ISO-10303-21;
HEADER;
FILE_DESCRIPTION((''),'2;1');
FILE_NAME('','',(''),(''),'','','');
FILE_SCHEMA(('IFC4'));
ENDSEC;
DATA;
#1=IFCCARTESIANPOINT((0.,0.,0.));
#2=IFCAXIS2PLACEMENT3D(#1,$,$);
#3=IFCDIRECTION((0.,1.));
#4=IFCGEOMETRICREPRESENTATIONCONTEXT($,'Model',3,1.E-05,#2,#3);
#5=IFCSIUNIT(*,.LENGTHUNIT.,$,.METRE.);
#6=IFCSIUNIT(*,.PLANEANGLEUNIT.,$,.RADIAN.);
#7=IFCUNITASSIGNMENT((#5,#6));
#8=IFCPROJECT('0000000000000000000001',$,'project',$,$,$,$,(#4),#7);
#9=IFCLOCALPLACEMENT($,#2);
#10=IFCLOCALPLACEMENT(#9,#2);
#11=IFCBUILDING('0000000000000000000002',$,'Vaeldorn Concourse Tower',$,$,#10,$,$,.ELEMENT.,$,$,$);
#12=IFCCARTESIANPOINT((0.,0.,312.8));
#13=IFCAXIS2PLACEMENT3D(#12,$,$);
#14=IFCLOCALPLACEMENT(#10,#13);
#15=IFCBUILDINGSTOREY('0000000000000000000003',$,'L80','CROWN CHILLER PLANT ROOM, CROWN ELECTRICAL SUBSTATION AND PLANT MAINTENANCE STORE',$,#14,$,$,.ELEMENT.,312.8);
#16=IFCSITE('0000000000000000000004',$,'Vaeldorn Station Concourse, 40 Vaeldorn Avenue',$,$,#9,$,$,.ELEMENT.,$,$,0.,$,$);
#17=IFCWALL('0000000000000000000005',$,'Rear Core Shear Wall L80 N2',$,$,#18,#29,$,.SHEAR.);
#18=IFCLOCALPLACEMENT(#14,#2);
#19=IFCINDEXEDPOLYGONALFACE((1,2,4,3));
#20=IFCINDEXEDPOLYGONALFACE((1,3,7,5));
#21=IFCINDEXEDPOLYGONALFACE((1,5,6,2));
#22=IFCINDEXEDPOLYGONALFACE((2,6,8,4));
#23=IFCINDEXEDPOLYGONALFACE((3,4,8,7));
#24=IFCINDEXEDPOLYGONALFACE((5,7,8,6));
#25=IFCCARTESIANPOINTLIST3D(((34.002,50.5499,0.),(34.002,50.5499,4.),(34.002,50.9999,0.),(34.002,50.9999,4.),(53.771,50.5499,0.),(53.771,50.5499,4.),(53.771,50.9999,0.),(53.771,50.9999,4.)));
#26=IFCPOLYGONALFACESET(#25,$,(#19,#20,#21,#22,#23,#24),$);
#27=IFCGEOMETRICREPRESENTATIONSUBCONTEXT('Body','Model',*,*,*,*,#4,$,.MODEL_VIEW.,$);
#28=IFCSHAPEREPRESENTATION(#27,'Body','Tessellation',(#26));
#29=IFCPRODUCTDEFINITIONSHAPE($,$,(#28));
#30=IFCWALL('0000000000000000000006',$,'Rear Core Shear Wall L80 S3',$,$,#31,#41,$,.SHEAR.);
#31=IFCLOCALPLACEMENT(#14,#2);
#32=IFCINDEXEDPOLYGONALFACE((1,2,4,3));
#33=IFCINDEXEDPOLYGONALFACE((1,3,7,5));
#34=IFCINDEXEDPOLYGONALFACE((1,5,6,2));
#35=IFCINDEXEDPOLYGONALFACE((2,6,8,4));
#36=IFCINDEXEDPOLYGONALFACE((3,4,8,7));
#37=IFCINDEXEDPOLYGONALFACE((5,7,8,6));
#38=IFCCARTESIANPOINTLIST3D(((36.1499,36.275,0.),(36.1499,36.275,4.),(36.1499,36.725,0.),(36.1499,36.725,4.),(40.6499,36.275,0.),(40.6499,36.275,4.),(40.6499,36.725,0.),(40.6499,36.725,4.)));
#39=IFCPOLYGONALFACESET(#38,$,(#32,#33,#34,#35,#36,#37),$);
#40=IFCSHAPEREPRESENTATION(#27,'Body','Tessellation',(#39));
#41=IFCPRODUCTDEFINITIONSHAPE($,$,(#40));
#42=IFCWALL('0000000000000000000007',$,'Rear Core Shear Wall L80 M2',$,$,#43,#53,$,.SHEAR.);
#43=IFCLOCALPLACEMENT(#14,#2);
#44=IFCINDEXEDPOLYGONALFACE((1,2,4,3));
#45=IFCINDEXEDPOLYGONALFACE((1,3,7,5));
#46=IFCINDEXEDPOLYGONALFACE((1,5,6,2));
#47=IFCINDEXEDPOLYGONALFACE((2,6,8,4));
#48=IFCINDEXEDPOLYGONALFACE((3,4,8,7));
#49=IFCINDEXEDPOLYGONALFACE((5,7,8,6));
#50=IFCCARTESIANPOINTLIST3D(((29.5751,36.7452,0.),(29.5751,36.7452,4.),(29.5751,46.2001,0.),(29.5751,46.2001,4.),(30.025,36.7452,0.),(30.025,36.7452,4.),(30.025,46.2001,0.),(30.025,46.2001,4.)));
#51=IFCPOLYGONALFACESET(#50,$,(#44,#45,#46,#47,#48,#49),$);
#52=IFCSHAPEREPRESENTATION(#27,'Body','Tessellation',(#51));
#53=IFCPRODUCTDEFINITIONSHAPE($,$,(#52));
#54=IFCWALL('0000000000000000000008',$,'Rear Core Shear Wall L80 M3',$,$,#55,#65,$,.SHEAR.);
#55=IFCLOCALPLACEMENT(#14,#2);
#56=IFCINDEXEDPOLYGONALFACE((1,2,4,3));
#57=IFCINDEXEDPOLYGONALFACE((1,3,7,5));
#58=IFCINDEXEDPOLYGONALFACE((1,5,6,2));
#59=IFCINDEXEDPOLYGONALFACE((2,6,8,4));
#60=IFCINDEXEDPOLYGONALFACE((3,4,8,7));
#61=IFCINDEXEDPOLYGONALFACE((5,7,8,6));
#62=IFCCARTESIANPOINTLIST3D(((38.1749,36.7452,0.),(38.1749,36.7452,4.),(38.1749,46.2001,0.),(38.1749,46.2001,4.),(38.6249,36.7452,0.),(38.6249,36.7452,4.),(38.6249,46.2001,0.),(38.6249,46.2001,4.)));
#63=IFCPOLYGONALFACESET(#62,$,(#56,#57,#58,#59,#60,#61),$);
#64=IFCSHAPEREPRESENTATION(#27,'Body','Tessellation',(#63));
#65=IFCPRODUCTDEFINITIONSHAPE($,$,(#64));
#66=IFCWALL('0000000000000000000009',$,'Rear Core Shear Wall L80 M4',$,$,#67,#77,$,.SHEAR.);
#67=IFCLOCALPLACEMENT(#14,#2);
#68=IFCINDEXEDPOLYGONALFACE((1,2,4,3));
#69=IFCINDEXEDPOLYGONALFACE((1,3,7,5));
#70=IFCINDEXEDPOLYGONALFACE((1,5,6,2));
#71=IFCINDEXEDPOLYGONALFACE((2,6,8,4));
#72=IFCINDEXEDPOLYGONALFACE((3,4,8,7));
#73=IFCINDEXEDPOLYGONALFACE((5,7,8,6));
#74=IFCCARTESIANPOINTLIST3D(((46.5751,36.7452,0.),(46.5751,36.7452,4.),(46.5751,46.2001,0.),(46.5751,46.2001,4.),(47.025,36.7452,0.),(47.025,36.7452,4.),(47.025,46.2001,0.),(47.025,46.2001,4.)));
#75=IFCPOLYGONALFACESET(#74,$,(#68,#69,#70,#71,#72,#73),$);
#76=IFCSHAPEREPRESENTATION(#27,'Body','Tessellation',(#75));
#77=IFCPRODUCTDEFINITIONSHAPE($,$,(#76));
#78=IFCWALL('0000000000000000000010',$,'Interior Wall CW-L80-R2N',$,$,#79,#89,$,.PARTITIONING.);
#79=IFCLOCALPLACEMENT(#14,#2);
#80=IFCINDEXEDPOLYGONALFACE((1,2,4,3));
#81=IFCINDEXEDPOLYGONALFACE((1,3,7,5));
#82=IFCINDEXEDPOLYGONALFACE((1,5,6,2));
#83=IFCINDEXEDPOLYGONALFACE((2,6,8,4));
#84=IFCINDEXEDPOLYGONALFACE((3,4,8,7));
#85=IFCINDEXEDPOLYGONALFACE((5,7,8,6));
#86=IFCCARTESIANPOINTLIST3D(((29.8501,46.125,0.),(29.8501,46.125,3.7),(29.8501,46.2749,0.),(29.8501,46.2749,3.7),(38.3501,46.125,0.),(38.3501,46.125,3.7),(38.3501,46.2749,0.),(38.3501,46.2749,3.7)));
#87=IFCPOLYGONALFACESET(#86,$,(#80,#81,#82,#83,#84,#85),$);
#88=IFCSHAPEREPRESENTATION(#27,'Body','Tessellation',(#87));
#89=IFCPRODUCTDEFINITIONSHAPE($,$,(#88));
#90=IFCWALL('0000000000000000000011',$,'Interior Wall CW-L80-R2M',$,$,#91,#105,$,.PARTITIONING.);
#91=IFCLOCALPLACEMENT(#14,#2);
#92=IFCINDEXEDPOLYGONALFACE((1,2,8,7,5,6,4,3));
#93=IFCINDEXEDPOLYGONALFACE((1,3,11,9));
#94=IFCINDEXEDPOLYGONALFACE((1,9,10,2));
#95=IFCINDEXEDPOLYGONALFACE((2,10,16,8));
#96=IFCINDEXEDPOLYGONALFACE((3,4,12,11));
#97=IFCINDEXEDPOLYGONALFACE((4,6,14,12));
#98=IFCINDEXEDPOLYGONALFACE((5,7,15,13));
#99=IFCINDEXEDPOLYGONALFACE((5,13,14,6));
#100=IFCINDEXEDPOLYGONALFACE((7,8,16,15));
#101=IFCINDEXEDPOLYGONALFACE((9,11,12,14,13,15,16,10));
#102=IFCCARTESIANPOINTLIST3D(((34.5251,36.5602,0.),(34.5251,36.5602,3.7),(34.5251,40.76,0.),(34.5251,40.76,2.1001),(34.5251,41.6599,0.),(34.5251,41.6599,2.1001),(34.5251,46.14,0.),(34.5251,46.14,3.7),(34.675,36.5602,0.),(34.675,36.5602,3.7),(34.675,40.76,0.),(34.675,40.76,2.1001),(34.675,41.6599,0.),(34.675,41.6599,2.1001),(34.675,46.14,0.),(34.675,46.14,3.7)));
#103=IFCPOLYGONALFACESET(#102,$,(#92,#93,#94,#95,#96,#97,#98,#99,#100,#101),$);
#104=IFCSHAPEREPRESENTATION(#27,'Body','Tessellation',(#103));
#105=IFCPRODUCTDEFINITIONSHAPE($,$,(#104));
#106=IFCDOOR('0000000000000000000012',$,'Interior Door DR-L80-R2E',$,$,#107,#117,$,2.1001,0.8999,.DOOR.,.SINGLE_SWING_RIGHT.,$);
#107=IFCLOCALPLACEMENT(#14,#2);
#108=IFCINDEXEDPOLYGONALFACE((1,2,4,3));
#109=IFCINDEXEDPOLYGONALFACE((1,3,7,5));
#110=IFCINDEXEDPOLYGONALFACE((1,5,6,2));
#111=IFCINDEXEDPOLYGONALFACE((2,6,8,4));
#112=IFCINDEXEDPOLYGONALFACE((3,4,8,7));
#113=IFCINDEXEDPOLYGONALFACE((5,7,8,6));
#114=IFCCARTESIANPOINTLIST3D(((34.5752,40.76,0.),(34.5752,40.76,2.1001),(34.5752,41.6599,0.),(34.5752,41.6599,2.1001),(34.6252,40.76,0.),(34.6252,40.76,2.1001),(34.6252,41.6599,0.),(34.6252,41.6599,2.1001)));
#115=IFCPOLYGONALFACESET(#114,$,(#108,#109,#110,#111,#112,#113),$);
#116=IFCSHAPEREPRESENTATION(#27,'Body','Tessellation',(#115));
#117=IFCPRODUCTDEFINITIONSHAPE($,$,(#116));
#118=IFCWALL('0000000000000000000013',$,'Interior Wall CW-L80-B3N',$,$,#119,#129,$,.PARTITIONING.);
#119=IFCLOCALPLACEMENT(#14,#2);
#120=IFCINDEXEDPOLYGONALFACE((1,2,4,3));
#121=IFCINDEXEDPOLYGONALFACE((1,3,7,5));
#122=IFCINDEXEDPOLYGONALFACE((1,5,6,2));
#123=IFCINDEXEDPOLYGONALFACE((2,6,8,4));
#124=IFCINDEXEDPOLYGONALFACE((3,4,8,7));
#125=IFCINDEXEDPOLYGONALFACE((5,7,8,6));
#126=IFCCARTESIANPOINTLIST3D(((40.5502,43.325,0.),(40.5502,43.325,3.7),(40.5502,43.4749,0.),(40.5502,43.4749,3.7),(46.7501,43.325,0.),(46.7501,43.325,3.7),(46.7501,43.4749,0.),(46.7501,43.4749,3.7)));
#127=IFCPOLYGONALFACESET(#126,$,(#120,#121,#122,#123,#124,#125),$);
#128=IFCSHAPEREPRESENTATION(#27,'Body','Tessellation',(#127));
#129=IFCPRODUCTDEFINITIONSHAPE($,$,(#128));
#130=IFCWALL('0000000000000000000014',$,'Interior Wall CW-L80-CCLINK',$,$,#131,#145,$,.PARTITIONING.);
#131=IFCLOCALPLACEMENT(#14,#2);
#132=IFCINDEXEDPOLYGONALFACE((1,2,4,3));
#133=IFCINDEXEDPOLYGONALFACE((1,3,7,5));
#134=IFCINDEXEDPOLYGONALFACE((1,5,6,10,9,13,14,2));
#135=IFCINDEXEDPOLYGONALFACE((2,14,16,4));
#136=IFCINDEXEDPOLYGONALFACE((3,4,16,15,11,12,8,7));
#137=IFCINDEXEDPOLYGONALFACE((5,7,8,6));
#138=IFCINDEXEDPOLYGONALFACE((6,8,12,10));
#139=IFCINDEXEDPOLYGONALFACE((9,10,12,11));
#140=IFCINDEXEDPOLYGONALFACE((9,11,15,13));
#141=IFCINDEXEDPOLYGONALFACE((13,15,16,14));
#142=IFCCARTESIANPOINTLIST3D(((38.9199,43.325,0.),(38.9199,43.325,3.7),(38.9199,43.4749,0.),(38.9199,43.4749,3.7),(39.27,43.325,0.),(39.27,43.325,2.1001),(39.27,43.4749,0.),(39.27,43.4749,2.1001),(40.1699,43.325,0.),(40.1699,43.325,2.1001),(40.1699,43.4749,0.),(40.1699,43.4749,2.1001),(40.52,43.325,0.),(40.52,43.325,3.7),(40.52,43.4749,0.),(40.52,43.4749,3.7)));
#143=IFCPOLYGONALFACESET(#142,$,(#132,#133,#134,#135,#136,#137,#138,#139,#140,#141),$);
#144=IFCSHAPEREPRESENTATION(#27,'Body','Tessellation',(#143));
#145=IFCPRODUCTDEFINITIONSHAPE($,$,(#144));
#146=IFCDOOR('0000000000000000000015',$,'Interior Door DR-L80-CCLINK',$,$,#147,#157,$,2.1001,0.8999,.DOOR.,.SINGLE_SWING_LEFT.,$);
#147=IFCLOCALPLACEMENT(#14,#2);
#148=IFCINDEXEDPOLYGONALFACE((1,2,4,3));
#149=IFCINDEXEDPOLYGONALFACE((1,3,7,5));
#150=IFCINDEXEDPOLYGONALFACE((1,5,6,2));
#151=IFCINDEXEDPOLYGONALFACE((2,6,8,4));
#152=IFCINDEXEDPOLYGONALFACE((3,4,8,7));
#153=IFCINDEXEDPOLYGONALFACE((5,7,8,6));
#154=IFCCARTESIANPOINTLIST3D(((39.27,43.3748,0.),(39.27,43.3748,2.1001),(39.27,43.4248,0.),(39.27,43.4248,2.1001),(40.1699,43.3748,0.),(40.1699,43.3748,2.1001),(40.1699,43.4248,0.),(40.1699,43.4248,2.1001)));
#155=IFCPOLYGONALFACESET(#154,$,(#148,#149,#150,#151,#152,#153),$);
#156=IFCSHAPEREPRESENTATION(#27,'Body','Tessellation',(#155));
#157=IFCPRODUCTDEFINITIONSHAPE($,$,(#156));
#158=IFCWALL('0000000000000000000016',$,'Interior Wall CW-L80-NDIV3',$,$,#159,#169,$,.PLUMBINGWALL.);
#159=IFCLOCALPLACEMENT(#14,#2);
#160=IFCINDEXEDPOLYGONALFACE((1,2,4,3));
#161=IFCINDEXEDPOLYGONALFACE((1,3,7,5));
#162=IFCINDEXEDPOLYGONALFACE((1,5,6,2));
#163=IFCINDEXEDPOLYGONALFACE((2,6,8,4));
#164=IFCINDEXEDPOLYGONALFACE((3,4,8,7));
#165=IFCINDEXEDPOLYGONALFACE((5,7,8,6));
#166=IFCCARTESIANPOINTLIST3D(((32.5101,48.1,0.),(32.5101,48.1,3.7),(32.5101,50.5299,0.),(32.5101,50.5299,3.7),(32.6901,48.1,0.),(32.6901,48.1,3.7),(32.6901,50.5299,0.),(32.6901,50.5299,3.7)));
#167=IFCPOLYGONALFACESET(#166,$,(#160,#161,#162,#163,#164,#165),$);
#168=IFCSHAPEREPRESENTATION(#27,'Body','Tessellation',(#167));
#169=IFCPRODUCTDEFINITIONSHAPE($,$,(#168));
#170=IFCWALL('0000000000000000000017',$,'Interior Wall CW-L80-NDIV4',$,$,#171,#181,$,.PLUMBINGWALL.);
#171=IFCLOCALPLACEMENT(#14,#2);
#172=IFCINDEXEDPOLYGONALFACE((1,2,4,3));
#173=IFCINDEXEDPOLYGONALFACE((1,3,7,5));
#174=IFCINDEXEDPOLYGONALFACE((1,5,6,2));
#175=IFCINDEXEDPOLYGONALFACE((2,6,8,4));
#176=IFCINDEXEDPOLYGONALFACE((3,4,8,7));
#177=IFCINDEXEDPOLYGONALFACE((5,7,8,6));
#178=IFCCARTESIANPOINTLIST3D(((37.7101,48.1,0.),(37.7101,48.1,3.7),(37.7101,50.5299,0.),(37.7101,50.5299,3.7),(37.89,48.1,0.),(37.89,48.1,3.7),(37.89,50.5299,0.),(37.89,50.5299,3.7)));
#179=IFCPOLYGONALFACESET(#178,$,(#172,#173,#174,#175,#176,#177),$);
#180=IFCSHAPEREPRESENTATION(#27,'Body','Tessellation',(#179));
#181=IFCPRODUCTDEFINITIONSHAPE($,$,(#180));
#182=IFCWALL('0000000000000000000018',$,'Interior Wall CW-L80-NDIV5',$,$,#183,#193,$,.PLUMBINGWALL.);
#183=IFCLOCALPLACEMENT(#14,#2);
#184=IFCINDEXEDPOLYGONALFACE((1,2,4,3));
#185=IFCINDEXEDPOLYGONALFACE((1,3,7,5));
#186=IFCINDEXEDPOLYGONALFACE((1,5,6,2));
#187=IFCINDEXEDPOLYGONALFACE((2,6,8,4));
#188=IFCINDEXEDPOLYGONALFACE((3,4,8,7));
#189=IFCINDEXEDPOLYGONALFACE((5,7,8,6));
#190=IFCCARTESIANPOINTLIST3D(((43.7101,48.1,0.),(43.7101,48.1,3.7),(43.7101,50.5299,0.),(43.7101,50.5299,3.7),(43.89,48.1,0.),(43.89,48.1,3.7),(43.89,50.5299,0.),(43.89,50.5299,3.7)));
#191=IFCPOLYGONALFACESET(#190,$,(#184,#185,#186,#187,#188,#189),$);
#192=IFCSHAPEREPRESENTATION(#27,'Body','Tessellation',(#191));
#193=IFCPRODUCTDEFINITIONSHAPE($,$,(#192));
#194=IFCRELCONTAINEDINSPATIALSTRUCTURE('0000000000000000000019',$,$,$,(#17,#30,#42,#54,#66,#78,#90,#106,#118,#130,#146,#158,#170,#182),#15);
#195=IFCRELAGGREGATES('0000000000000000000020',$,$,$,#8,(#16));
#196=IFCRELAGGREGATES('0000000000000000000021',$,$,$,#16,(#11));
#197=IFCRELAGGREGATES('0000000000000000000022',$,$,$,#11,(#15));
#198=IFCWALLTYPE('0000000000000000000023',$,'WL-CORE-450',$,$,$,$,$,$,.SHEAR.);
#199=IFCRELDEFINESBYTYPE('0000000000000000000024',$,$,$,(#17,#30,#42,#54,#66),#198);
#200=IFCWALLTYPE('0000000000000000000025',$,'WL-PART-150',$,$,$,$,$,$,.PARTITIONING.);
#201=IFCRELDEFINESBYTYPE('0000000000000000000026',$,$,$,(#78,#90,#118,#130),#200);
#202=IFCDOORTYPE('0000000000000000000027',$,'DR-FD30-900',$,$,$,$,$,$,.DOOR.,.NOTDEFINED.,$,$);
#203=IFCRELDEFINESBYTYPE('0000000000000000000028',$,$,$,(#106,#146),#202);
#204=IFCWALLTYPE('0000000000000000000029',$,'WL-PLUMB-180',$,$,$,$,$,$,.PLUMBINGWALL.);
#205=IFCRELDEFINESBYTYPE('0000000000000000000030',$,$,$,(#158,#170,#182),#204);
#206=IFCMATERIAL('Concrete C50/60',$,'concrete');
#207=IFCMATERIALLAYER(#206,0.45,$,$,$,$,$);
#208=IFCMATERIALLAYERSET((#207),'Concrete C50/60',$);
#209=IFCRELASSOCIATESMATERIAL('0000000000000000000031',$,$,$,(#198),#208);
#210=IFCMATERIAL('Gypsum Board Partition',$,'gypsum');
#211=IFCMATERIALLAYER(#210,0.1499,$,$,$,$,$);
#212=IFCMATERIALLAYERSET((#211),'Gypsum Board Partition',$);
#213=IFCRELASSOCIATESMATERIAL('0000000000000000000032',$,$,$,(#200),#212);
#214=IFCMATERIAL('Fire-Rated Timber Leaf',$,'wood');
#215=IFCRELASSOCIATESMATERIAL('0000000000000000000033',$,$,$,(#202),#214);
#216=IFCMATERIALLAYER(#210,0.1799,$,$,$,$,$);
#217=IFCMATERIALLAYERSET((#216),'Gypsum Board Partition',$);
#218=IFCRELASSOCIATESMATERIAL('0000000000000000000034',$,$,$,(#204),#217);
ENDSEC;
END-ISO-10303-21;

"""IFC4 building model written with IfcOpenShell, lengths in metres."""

from ifc_helpers import new_model, si_unit, direction, frame, frame_2d, origin, place, context, subcontext, project, spatial, rectangle, extrude, source, transform, mapped, material, layer, layer_set, type_object, element, fill, save


model = new_model("IFC4")

# Units and contexts
model_context = context("Model", 3, precision=1e-05, world=origin(), true_north=direction((0.0, 1.0)))
body_context = subcontext(model_context, "Body", "Model", "MODEL_VIEW")
ifc_project = project(units=[si_unit("LENGTHUNIT", "METRE"), si_unit("PLANEANGLEUNIT", "RADIAN")], contexts=[model_context])

# Site, building, storey
site_placement = place(None, origin())
site = spatial("IfcSite", under=ifc_project, at=site_placement, Name="Vaeldorn Station Concourse, 40 Vaeldorn Avenue", CompositionType="ELEMENT", RefElevation=0.0)
building_placement = place(site_placement, origin())
building = spatial("IfcBuilding", under=site, at=building_placement, Name="Vaeldorn Concourse Tower", CompositionType="ELEMENT")
storey_placement = place(building_placement, frame((0.0, 0.0, 312.8)))
storey = spatial("IfcBuildingStorey", under=building, at=storey_placement, Name="L80", Description="CROWN CHILLER PLANT ROOM, CROWN ELECTRICAL SUBSTATION AND PLANT MAINTENANCE STORE", CompositionType="ELEMENT", Elevation=312.8)

# Shared definitions
ifc_material_1 = material(Name="Concrete C50/60", Category="concrete")

# Walls
ifc_layer_1 = layer(ifc_material_1, 0.45)
ifc_layer_set_1 = layer_set([ifc_layer_1], Name="Concrete C50/60")
wall_type_1 = type_object("IfcWallType", Name="WL-CORE-450", PredefinedType="SHEAR", material=ifc_layer_set_1)
wall_1_placement = place(storey_placement, frame((34.002, 50.7749, 0.0), z_axis=(0.0, 0.0, 1.0), x_axis=(1.0, 0.0, 0.0)))
element("IfcWall", 1, at=wall_1_placement, inside=storey, type_object=wall_type_1, Name="Rear Core Shear Wall L80 N2", PredefinedType="SHEAR", context=body_context, shape_type="SweptSolid", body=[
    extrude(rectangle(XDim=19.769, YDim=0.45, at=frame_2d((9.8845, 0.0))), origin(), (0.0, 0.0, 1.0), 4.0),
])
wall_2_placement = place(storey_placement, frame((36.1499, 36.5, 0.0), z_axis=(0.0, 0.0, 1.0), x_axis=(1.0, 0.0, 0.0)))
element("IfcWall", 2, at=wall_2_placement, inside=storey, type_object=wall_type_1, Name="Rear Core Shear Wall L80 S3", PredefinedType="SHEAR", context=body_context, shape_type="SweptSolid", body=[
    extrude(rectangle(XDim=4.5, YDim=0.45, at=frame_2d((2.25, 0.0))), origin(), (0.0, 0.0, 1.0), 4.0),
])
for number, where, z_axis, x_axis, name in (
    (3, (29.8, 36.7451, 0.0), (0.0, 0.0, 1.0), (0.0, 1.0, 0.0), "Rear Core Shear Wall L80 M2"),
    (4, (38.3999, 36.7451, 0.0), (0.0, 0.0, 1.0), (0.0, 1.0, 0.0), "Rear Core Shear Wall L80 M3"),
    (5, (46.8, 36.7451, 0.0), (0.0, 0.0, 1.0), (0.0, 1.0, 0.0), "Rear Core Shear Wall L80 M4"),
):
    element("IfcWall", number, at=place(storey_placement, frame(where, z_axis=z_axis, x_axis=x_axis)), inside=storey, type_object=wall_type_1, Name=name, PredefinedType="SHEAR", context=body_context, shape_type="SweptSolid", body=[
        extrude(rectangle(XDim=9.4548, YDim=0.45, at=frame_2d((4.7275, 0.0))), origin(), (0.0, 0.0, 1.0), 4.0),
    ])
ifc_material_2 = material(Name="Gypsum Board Partition", Category="gypsum")
ifc_layer_2 = layer(ifc_material_2, 0.1499)
ifc_layer_set_2 = layer_set([ifc_layer_2], Name="Gypsum Board Partition")
wall_type_2 = type_object("IfcWallType", Name="WL-PART-150", PredefinedType="PARTITIONING", material=ifc_layer_set_2)
wall_3_placement = place(storey_placement, frame((29.8501, 46.2, 0.0), z_axis=(0.0, 0.0, 1.0), x_axis=(1.0, 0.0, 0.0)))
element("IfcWall", 6, at=wall_3_placement, inside=storey, type_object=wall_type_2, Name="Interior Wall CW-L80-R2N", PredefinedType="PARTITIONING", context=body_context, shape_type="SweptSolid", body=[
    extrude(rectangle(XDim=8.5, YDim=0.1499, at=frame_2d((4.25, 0.0))), origin(), (0.0, 0.0, 1.0), 3.7),
])

# Wall, opening, door
wall_4_placement = place(storey_placement, frame((34.6001, 36.5601, 0.0), z_axis=(0.0, 0.0, 1.0), x_axis=(0.0, 1.0, 0.0)))
wall_4 = element("IfcWall", 7, at=wall_4_placement, inside=storey, type_object=wall_type_2, Name="Interior Wall CW-L80-R2M", PredefinedType="PARTITIONING", context=body_context, shape_type="SweptSolid", body=[
    extrude(rectangle(XDim=9.5798, YDim=0.1499, at=frame_2d((4.79, 0.0))), origin(), (0.0, 0.0, 1.0), 3.7),
])
opening_1_placement = place(wall_4_placement, frame((4.2, 0.0, 0.0)))
opening_1 = element("IfcOpeningElement", 8, at=opening_1_placement, cuts=wall_4, PredefinedType="OPENING", context=body_context, shape_type="SweptSolid", body=[
    extrude(rectangle(XDim=0.8999, YDim=2.1001, at=frame_2d((0.45, 1.05))), frame((0.0, 0.085, 0.0), z_axis=(0.0, -1.0, 0.0), x_axis=(1.0, 0.0, 0.0)), (0.0, 0.0, 1.0), 0.1699),
])
ifc_material_3 = material(Name="Fire-Rated Timber Leaf", Category="wood")
door_type_1 = type_object("IfcDoorType", Name="DR-FD30-900", OperationType="NOTDEFINED", PredefinedType="DOOR", material=ifc_material_3)
shared_shape_1 = source(origin(), body_context, "Body", "SweptSolid", [
    extrude(rectangle(XDim=0.8999, YDim=2.1001, at=frame_2d((0.45, 1.05))), frame((0.0, 0.0249, 0.0), z_axis=(0.0, -1.0, 0.0), x_axis=(1.0, 0.0, 0.0)), (0.0, 0.0, 1.0), 0.05),
])
door_1_placement = place(opening_1_placement, origin())
door_1 = element("IfcDoor", 9, at=door_1_placement, inside=storey, type_object=door_type_1, Name="Interior Door DR-L80-R2E", OperationType="SINGLE_SWING_RIGHT", OverallHeight=2.1001, OverallWidth=0.8999, PredefinedType="DOOR", context=body_context, shape_type="MappedRepresentation", body=[
    mapped(shared_shape_1, transform((0.0, 0.0, 0.0), scale=1.0)),
])
fill(opening_1, door_1)

# Wall
wall_5_placement = place(storey_placement, frame((40.55, 43.3999, 0.0), z_axis=(0.0, 0.0, 1.0), x_axis=(1.0, 0.0, 0.0)))
element("IfcWall", 10, at=wall_5_placement, inside=storey, type_object=wall_type_2, Name="Interior Wall CW-L80-B3N", PredefinedType="PARTITIONING", context=body_context, shape_type="SweptSolid", body=[
    extrude(rectangle(XDim=6.2, YDim=0.1499, at=frame_2d((3.1001, 0.0))), origin(), (0.0, 0.0, 1.0), 3.7),
])

# Wall, opening, door
wall_6_placement = place(storey_placement, frame((38.9199, 43.3999, 0.0), z_axis=(0.0, 0.0, 1.0), x_axis=(1.0, 0.0, 0.0)))
wall_6 = element("IfcWall", 11, at=wall_6_placement, inside=storey, type_object=wall_type_2, Name="Interior Wall CW-L80-CCLINK", PredefinedType="PARTITIONING", context=body_context, shape_type="SweptSolid", body=[
    extrude(rectangle(XDim=1.6001, YDim=0.1499, at=frame_2d((0.8, 0.0))), origin(), (0.0, 0.0, 1.0), 3.7),
])
opening_2_placement = place(wall_6_placement, frame((0.3501, 0.0, 0.0)))
opening_2 = element("IfcOpeningElement", 12, at=opening_2_placement, cuts=wall_6, PredefinedType="OPENING", context=body_context, shape_type="SweptSolid", body=[
    extrude(rectangle(XDim=0.8999, YDim=2.1001, at=frame_2d((0.45, 1.05))), frame((0.0, 0.085, 0.0), z_axis=(0.0, -1.0, 0.0), x_axis=(1.0, 0.0, 0.0)), (0.0, 0.0, 1.0), 0.1699),
])
door_2_placement = place(opening_2_placement, origin())
door_2 = element("IfcDoor", 13, at=door_2_placement, inside=storey, type_object=door_type_1, Name="Interior Door DR-L80-CCLINK", OperationType="SINGLE_SWING_LEFT", OverallHeight=2.1001, OverallWidth=0.8999, PredefinedType="DOOR", context=body_context, shape_type="MappedRepresentation", body=[
    mapped(shared_shape_1, transform((0.0, 0.0, 0.0), scale=1.0)),
])
fill(opening_2, door_2)

# Walls
ifc_layer_3 = layer(ifc_material_2, 0.1799)
ifc_layer_set_3 = layer_set([ifc_layer_3], Name="Gypsum Board Partition")
wall_type_3 = type_object("IfcWallType", Name="WL-PLUMB-180", PredefinedType="PLUMBINGWALL", material=ifc_layer_set_3)
for number, where, z_axis, x_axis, name in (
    (14, (32.6001, 48.1001, 0.0), (0.0, 0.0, 1.0), (0.0, 1.0, 0.0), "Interior Wall CW-L80-NDIV3"),
    (15, (37.8, 48.1001, 0.0), (0.0, 0.0, 1.0), (0.0, 1.0, 0.0), "Interior Wall CW-L80-NDIV4"),
    (16, (43.8, 48.1001, 0.0), (0.0, 0.0, 1.0), (0.0, 1.0, 0.0), "Interior Wall CW-L80-NDIV5"),
):
    element("IfcWall", number, at=place(storey_placement, frame(where, z_axis=z_axis, x_axis=x_axis)), inside=storey, type_object=wall_type_3, Name=name, PredefinedType="PLUMBINGWALL", context=body_context, shape_type="SweptSolid", body=[
        extrude(rectangle(XDim=2.4299, YDim=0.1799, at=frame_2d((1.2148, 0.0))), origin(), (0.0, 0.0, 1.0), 3.7),
    ])

save(model, "model.ifc")
